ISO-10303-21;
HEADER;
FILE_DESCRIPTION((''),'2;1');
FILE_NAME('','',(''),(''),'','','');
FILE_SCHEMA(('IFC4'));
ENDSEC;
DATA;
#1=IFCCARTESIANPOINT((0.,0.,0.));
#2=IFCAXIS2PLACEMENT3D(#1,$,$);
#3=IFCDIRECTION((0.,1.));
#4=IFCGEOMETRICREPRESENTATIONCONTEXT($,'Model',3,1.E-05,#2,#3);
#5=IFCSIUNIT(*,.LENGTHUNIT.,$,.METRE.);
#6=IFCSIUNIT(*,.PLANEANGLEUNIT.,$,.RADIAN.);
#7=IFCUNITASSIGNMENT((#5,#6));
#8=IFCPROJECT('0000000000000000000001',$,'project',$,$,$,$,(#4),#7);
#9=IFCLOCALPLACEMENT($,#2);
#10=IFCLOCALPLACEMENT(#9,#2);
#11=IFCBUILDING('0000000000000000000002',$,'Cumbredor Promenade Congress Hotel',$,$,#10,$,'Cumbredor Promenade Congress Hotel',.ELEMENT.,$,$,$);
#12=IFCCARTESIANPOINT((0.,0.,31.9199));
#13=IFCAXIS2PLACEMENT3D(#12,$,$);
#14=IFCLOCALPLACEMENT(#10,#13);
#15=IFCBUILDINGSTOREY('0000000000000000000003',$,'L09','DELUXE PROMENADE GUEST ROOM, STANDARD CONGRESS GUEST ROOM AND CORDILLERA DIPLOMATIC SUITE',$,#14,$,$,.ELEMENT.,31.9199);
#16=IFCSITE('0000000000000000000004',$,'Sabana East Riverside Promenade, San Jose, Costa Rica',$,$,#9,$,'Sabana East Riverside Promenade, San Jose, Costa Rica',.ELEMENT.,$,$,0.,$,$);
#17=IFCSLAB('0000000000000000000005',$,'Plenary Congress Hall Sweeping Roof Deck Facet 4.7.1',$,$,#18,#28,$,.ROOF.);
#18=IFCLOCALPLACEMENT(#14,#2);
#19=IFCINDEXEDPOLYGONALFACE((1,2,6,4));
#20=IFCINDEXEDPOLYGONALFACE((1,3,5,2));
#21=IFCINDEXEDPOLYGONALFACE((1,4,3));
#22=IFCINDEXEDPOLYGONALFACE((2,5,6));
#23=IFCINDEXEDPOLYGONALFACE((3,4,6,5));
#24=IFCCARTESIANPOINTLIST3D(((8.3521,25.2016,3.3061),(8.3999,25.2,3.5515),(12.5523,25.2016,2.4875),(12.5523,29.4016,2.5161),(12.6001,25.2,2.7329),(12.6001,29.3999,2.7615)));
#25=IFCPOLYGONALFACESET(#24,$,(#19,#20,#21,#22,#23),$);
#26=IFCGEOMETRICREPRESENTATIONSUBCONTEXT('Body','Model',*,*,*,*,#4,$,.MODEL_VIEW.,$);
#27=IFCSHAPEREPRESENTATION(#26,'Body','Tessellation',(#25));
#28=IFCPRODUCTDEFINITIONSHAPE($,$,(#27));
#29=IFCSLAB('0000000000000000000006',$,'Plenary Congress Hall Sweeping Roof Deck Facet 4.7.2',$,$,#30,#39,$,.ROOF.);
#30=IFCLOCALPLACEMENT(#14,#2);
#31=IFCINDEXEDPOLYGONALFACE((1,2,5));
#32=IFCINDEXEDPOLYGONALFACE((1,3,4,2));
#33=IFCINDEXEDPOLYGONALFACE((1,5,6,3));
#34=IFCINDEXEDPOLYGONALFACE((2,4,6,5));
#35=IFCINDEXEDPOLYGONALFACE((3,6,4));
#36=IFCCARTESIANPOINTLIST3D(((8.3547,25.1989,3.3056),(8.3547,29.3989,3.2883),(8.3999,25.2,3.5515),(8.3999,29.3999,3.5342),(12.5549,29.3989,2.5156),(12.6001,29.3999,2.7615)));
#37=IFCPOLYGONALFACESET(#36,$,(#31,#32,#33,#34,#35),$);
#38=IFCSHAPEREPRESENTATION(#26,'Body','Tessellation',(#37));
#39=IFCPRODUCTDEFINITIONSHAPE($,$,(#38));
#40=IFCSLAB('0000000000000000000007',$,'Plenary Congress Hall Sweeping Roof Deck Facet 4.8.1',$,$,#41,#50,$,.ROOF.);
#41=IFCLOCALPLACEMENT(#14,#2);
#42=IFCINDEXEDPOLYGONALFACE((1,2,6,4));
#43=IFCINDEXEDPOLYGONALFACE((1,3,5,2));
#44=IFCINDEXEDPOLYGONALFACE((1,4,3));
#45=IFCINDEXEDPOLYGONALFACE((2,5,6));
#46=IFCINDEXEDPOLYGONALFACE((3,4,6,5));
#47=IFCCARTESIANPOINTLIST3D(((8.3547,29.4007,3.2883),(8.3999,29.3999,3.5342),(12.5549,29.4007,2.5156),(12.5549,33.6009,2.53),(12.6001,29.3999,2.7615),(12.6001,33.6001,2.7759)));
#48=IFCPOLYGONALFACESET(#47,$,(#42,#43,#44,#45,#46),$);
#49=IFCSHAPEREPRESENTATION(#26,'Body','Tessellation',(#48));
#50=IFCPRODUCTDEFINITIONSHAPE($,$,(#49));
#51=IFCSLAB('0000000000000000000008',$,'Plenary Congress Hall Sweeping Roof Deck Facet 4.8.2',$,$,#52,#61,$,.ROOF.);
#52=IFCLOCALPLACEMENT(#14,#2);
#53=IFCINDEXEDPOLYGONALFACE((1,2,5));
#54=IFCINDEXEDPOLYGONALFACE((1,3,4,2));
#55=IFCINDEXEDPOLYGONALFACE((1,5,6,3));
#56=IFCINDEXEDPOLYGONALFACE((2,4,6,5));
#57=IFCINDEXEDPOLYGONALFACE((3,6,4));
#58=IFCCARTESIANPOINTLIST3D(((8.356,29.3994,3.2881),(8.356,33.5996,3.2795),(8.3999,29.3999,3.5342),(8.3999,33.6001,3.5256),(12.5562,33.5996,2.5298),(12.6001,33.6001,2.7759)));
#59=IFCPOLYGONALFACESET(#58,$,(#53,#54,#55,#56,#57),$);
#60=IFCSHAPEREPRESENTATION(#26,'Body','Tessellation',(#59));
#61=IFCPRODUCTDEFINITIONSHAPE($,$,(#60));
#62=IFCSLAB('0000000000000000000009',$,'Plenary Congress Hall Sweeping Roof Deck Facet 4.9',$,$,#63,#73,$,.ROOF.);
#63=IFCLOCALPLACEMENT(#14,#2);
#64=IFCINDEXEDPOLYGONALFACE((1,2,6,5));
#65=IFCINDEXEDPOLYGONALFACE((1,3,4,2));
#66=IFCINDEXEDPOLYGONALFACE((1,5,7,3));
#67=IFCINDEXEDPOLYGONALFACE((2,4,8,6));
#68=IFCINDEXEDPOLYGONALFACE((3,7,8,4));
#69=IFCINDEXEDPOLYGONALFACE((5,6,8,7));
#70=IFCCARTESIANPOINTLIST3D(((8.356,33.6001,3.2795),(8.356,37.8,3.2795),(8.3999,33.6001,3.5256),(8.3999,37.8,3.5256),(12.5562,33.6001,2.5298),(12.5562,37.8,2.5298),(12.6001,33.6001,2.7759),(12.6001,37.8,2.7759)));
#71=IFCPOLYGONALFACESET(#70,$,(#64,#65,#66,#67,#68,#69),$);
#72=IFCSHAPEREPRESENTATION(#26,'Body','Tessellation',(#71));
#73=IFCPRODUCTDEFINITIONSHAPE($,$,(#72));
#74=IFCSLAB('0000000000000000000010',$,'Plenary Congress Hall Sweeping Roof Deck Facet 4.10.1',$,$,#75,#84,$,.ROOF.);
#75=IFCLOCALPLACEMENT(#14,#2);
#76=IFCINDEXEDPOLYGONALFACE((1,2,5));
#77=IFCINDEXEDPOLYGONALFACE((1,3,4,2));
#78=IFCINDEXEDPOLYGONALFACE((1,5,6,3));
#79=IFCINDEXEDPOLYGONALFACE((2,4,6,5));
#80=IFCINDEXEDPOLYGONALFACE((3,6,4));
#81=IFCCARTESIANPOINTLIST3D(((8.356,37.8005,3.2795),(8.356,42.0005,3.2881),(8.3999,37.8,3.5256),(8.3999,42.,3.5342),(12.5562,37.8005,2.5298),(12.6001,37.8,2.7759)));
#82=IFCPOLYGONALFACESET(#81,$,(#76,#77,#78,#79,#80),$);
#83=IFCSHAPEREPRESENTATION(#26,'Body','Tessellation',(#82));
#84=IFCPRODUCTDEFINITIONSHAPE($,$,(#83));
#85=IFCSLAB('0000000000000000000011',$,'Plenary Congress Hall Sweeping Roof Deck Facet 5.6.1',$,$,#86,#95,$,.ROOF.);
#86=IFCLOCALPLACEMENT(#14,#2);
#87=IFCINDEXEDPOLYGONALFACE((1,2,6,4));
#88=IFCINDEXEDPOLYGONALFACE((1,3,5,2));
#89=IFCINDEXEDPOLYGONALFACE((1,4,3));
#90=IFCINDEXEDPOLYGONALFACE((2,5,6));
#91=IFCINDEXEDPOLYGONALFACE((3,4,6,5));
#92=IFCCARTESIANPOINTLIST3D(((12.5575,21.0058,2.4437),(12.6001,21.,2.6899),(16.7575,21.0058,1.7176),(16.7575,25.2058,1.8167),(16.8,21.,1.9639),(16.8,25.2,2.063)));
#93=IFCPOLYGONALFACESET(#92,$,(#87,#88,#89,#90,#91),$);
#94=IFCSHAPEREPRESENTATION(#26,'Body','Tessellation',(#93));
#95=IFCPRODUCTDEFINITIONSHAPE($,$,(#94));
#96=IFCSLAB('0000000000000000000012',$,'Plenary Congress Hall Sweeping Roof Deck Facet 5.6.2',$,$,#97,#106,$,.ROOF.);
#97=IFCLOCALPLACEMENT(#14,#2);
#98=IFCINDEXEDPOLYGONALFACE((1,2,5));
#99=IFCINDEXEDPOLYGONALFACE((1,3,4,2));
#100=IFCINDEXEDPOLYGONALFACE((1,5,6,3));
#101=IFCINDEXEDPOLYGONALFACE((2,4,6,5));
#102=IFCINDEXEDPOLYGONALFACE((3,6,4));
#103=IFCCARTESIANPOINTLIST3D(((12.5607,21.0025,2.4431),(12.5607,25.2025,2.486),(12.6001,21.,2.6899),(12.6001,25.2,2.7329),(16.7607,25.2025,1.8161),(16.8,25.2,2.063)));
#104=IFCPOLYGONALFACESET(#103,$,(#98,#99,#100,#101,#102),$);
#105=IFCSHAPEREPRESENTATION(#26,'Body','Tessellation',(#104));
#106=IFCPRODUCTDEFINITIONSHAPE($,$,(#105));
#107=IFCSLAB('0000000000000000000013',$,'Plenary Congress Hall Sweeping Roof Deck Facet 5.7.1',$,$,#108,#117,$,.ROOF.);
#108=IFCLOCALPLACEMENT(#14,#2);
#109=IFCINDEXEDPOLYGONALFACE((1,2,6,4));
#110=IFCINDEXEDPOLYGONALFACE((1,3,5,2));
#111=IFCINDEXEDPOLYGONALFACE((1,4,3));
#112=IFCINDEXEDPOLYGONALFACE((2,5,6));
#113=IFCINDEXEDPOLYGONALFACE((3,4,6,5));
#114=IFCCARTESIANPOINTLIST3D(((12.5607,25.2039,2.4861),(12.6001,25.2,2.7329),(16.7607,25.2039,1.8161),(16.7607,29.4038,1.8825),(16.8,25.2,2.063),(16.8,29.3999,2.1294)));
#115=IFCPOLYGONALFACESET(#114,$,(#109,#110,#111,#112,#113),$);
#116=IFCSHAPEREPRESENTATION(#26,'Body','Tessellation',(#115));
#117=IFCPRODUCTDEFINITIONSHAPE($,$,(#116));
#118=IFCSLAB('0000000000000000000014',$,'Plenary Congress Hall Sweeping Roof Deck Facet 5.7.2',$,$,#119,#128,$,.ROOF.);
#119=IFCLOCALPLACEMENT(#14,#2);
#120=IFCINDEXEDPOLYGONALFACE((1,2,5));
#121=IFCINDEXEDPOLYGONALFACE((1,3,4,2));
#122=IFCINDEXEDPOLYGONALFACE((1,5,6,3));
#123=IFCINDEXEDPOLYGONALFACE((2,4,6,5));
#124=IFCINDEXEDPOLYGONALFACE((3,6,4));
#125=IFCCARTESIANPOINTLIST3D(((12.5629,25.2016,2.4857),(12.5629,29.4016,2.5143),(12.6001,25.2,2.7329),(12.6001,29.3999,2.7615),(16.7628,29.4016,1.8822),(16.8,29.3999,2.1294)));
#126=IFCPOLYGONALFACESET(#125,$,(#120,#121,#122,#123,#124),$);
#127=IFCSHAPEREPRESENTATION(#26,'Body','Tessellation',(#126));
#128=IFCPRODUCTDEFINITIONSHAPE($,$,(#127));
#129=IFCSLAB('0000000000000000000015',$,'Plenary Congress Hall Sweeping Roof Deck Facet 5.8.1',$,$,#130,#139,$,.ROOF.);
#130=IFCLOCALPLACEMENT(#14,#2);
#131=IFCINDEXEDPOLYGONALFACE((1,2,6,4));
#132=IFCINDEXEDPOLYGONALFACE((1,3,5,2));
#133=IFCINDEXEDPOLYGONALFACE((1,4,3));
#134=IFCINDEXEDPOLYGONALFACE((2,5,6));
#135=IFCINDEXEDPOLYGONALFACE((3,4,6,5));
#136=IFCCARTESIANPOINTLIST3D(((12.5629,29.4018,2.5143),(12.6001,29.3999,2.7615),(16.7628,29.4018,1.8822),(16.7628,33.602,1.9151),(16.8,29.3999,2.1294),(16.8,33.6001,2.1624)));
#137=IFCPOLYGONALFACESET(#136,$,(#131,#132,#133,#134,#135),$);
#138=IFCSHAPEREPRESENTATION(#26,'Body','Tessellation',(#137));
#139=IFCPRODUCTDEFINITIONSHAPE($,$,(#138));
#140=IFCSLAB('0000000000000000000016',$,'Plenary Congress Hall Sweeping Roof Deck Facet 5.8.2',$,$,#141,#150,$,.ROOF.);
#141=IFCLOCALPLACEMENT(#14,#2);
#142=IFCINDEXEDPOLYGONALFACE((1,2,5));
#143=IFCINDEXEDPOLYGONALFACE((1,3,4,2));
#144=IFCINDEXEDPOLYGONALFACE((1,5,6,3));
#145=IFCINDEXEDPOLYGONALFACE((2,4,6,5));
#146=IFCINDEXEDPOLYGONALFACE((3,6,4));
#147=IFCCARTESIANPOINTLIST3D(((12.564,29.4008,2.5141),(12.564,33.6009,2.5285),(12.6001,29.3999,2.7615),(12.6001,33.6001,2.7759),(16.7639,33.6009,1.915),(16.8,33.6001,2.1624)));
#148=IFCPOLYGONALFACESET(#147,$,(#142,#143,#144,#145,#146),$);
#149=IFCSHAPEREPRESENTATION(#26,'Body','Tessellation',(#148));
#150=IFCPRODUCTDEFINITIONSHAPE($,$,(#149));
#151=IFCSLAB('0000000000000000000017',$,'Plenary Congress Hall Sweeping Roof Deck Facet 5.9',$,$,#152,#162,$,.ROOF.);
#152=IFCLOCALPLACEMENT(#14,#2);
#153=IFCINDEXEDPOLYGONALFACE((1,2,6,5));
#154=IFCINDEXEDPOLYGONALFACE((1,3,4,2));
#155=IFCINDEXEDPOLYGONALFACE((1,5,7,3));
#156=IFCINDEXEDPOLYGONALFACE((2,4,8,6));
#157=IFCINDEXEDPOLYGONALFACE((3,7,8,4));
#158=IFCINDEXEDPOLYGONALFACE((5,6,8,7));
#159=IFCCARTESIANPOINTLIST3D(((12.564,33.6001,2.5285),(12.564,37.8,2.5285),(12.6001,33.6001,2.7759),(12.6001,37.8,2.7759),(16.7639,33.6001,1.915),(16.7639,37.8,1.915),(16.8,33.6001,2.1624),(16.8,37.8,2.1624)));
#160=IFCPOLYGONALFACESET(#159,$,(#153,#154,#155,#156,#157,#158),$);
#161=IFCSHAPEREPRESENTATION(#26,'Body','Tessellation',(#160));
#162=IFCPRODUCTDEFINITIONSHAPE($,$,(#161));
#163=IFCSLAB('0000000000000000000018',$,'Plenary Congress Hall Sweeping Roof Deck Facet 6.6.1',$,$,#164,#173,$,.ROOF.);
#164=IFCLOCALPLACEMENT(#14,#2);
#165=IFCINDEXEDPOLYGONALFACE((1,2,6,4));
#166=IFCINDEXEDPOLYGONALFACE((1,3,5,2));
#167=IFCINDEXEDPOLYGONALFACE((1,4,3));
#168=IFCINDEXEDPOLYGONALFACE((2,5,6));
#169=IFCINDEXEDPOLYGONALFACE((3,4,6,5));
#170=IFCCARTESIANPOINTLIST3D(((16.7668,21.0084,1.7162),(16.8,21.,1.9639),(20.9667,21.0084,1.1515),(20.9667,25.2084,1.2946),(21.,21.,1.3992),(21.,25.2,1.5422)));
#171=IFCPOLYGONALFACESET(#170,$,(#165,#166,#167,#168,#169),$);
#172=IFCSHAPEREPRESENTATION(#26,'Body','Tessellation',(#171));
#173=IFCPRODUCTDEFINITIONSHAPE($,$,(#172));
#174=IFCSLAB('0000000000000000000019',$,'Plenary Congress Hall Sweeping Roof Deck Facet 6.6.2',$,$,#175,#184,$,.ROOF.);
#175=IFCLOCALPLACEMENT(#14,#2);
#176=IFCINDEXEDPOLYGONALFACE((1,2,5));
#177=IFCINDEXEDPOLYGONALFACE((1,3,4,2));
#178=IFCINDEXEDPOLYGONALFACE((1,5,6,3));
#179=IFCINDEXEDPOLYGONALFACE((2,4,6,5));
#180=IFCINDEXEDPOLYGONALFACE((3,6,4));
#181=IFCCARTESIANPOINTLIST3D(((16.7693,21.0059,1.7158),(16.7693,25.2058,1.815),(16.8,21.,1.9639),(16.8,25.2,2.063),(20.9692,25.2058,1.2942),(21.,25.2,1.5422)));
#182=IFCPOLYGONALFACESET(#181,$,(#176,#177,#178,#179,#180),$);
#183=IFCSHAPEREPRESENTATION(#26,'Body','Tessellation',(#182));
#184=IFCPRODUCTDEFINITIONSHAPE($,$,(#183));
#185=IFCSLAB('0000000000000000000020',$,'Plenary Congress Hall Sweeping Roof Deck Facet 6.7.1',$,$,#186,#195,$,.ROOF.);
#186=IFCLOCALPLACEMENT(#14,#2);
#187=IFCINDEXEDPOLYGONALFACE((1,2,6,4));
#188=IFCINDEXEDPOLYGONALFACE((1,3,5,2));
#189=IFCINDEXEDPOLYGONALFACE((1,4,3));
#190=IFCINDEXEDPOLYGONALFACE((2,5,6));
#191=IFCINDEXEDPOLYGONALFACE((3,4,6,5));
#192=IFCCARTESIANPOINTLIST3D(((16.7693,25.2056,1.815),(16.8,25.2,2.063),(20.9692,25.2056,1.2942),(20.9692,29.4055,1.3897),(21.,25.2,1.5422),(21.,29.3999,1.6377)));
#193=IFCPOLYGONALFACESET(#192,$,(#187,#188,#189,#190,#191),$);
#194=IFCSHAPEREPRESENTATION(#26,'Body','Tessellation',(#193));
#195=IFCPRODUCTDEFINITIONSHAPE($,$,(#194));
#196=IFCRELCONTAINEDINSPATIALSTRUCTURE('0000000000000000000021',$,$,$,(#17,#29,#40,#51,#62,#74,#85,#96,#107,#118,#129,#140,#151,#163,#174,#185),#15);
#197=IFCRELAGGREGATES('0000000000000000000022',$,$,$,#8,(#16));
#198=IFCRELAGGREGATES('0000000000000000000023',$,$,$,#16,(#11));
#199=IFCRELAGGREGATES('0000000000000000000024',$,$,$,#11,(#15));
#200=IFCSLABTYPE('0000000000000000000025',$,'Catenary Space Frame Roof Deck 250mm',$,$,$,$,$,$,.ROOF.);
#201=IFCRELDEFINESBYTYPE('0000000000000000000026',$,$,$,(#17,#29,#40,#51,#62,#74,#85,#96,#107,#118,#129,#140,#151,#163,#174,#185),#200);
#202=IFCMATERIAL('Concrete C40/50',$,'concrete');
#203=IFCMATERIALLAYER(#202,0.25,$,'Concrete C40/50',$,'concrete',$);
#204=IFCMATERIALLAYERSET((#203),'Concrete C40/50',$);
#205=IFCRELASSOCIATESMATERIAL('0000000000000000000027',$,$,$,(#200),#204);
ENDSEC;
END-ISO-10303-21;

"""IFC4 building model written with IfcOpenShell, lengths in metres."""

from ifc_helpers import new_model, si_unit, direction, frame, origin, place, context, subcontext, project, spatial, polyline, outline, extrude, material, layer, layer_set, type_object, element, save


model = new_model("IFC4")

# Units and contexts
model_context = context("Model", 3, precision=1e-05, world=origin(), true_north=direction((0.0, 1.0)))
body_context = subcontext(model_context, "Body", "Model", "MODEL_VIEW")
ifc_project = project(units=[si_unit("LENGTHUNIT", "METRE"), si_unit("PLANEANGLEUNIT", "RADIAN")], contexts=[model_context])

# Site, building, storey
site_placement = place(None, origin())
site = spatial("IfcSite", under=ifc_project, at=site_placement, Name="Sabana East Riverside Promenade, San Jose, Costa Rica", LongName="Sabana East Riverside Promenade, San Jose, Costa Rica", CompositionType="ELEMENT", RefElevation=0.0)
building_placement = place(site_placement, origin())
building = spatial("IfcBuilding", under=site, at=building_placement, Name="Cumbredor Promenade Congress Hotel", LongName="Cumbredor Promenade Congress Hotel", CompositionType="ELEMENT")
storey_placement = place(building_placement, frame((0.0, 0.0, 31.9199)))
storey = spatial("IfcBuildingStorey", under=building, at=storey_placement, Name="L09", Description="DELUXE PROMENADE GUEST ROOM, STANDARD CONGRESS GUEST ROOM AND CORDILLERA DIPLOMATIC SUITE", CompositionType="ELEMENT", Elevation=31.9199)

# Slabs
ifc_material_1 = material(Name="Concrete C40/50", Category="concrete")
ifc_layer_1 = layer(ifc_material_1, 0.25, Name="Concrete C40/50", Category="concrete")
ifc_layer_set_1 = layer_set([ifc_layer_1], Name="Concrete C40/50")
slab_type = type_object("IfcSlabType", Name="Catenary Space Frame Roof Deck 250mm", PredefinedType="ROOF", material=ifc_layer_set_1)
slab_1_placement = place(storey_placement, frame((8.3999, 25.2, 3.5515), z_axis=(0.191293, -0.006675, 0.98151), x_axis=(0.981532, 0.0, -0.191297)))
element("IfcSlab", 1, at=slab_1_placement, inside=storey, type_object=slab_type, Name="Plenary Congress Hall Sweeping Roof Deck Facet 4.7.1", PredefinedType="ROOF", context=body_context, shape_type="SweptSolid", body=[
    extrude(outline(polyline([(0.0, 0.0), (4.2792, 0.0), (4.2738, 4.2), (0.0, 0.0)])), origin(), (0.0, 0.0, -1.0), 0.25),
])
slab_2_placement = place(storey_placement, frame((8.3999, 25.2, 3.5515), z_axis=(0.180931, 0.004059, 0.983487), x_axis=(0.700954, 0.700913, -0.131847)))
element("IfcSlab", 2, at=slab_2_placement, inside=storey, type_object=slab_type, Name="Plenary Congress Hall Sweeping Roof Deck Facet 4.7.2", PredefinedType="ROOF", context=body_context, shape_type="SweptSolid", body=[
    extrude(outline(polyline([(0.0, 0.0), (5.9921, 0.0), (2.9461, 2.9934), (0.0, 0.0)])), origin(), (0.0, 0.0, -1.0), 0.25),
])
slab_3_placement = place(storey_placement, frame((8.3999, 29.3999, 3.5342), z_axis=(0.180932, -0.003373, 0.98349), x_axis=(0.983496, 0.0, -0.180933)))
element("IfcSlab", 3, at=slab_3_placement, inside=storey, type_object=slab_type, Name="Plenary Congress Hall Sweeping Roof Deck Facet 4.8.1", PredefinedType="ROOF", context=body_context, shape_type="SweptSolid", body=[
    extrude(outline(polyline([(0.0, 0.0), (4.2707, 0.0), (4.2681, 4.2002), (0.0, 0.0)])), origin(), (0.0, 0.0, -1.0), 0.25),
])
slab_4_placement = place(storey_placement, frame((8.3999, 29.3999, 3.5342), z_axis=(0.175727, 0.002003, 0.984437), x_axis=(0.701414, 0.701414, -0.126633)))
element("IfcSlab", 4, at=slab_4_placement, inside=storey, type_object=slab_type, Name="Plenary Congress Hall Sweeping Roof Deck Facet 4.8.2", PredefinedType="ROOF", context=body_context, shape_type="SweptSolid", body=[
    extrude(outline(polyline([(0.0, 0.0), (5.9882, 0.0), (2.9472, 2.9927), (0.0, 0.0)])), origin(), (0.0, 0.0, -1.0), 0.25),
])
slab_5_placement = place(storey_placement, frame((8.3999, 33.6001, 3.5256), z_axis=(0.175727, 0.0, 0.984439), x_axis=(0.984439, 0.0, -0.175727)))
element("IfcSlab", 5, at=slab_5_placement, inside=storey, type_object=slab_type, Name="Plenary Congress Hall Sweeping Roof Deck Facet 4.9", PredefinedType="ROOF", context=body_context, shape_type="SweptSolid", body=[
    extrude(outline(polyline([(0.0, 0.0), (4.2666, 0.0), (4.2666, 4.2), (0.0, 4.2), (0.0, 0.0)])), origin(), (0.0, 0.0, -1.0), 0.25),
])
slab_6_placement = place(storey_placement, frame((8.3999, 37.8, 3.5256), z_axis=(0.175727, -0.002003, 0.984437), x_axis=(0.984439, 0.0, -0.175727)))
element("IfcSlab", 6, at=slab_6_placement, inside=storey, type_object=slab_type, Name="Plenary Congress Hall Sweeping Roof Deck Facet 4.10.1", PredefinedType="ROOF", context=body_context, shape_type="SweptSolid", body=[
    extrude(outline(polyline([(0.0, 0.0), (4.2666, 0.0), (-0.0015, 4.2), (0.0, 0.0)])), origin(), (0.0, 0.0, -1.0), 0.25),
])
slab_7_placement = place(storey_placement, frame((12.6001, 21.0, 2.6899), z_axis=(0.170304, -0.023249, 0.985117), x_axis=(0.985384, 0.0, -0.17035)))
element("IfcSlab", 7, at=slab_7_placement, inside=storey, type_object=slab_type, Name="Plenary Congress Hall Sweeping Roof Deck Facet 5.6.1", PredefinedType="ROOF", context=body_context, shape_type="SweptSolid", body=[
    extrude(outline(polyline([(0.0, 0.0), (4.2622, 0.0), (4.2454, 4.2011), (0.0, 0.0)])), origin(), (0.0, 0.0, -1.0), 0.25),
])
slab_8_placement = place(storey_placement, frame((12.6001, 21.0, 2.6899), z_axis=(0.157508, -0.010103, 0.987466), x_axis=(0.7032, 0.7032, -0.104971)))
element("IfcSlab", 8, at=slab_8_placement, inside=storey, type_object=slab_type, Name="Plenary Congress Hall Sweeping Roof Deck Facet 5.6.2", PredefinedType="ROOF", context=body_context, shape_type="SweptSolid", body=[
    extrude(outline(polyline([(0.0, 0.0), (5.9726, 0.0), (2.9489, 2.9909), (0.0, 0.0)])), origin(), (0.0, 0.0, -1.0), 0.25),
])
slab_9_placement = place(storey_placement, frame((12.6001, 25.2, 2.7329), z_axis=(0.157497, -0.015612, 0.987396), x_axis=(0.987516, 0.0, -0.157516)))
element("IfcSlab", 9, at=slab_9_placement, inside=storey, type_object=slab_type, Name="Plenary Congress Hall Sweeping Roof Deck Facet 5.7.1", PredefinedType="ROOF", context=body_context, shape_type="SweptSolid", body=[
    extrude(outline(polyline([(0.0, 0.0), (4.253, 0.0), (4.2426, 4.2005), (0.0, 0.0)])), origin(), (0.0, 0.0, -1.0), 0.25),
])
slab_10_placement = place(storey_placement, frame((12.6001, 25.2, 2.7329), z_axis=(0.148818, -0.006725, 0.988842), x_axis=(0.703485, 0.703485, -0.101088)))
element("IfcSlab", 10, at=slab_10_placement, inside=storey, type_object=slab_type, Name="Plenary Congress Hall Sweeping Roof Deck Facet 5.7.2", PredefinedType="ROOF", context=body_context, shape_type="SweptSolid", body=[
    extrude(outline(polyline([(0.0, 0.0), (5.9702, 0.0), (2.9517, 2.9879), (0.0, 0.0)])), origin(), (0.0, 0.0, -1.0), 0.25),
])
slab_11_placement = place(storey_placement, frame((12.6001, 29.3999, 2.7615), z_axis=(0.148817, -0.007759, 0.988834), x_axis=(0.988864, 0.0, -0.148821)))
element("IfcSlab", 11, at=slab_11_placement, inside=storey, type_object=slab_type, Name="Plenary Congress Hall Sweeping Roof Deck Facet 5.8.1", PredefinedType="ROOF", context=body_context, shape_type="SweptSolid", body=[
    extrude(outline(polyline([(0.0, 0.0), (4.2472, 0.0), (4.2423, 4.2003), (0.0, 0.0)])), origin(), (0.0, 0.0, -1.0), 0.25),
])
slab_12_placement = place(storey_placement, frame((12.6001, 29.3999, 2.7615), z_axis=(0.144544, -0.003393, 0.989493), x_axis=(0.703517, 0.703557, -0.100356)))
element("IfcSlab", 12, at=slab_12_placement, inside=storey, type_object=slab_type, Name="Plenary Congress Hall Sweeping Roof Deck Facet 5.8.2", PredefinedType="ROOF", context=body_context, shape_type="SweptSolid", body=[
    extrude(outline(polyline([(0.0, 0.0), (5.9699, 0.0), (2.9536, 2.9863), (0.0, 0.0)])), origin(), (0.0, 0.0, -1.0), 0.25),
])
slab_13_placement = place(storey_placement, frame((12.6001, 33.6001, 2.7759), z_axis=(0.144545, 0.0, 0.989498), x_axis=(0.989498, 0.0, -0.144545)))
element("IfcSlab", 13, at=slab_13_placement, inside=storey, type_object=slab_type, Name="Plenary Congress Hall Sweeping Roof Deck Facet 5.9", PredefinedType="ROOF", context=body_context, shape_type="SweptSolid", body=[
    extrude(outline(polyline([(0.0, 0.0), (4.2445, 0.0), (4.2445, 4.2), (0.0, 4.2), (0.0, 0.0)])), origin(), (0.0, 0.0, -1.0), 0.25),
])
slab_14_placement = place(storey_placement, frame((16.8, 21.0, 1.9639), z_axis=(0.133178, -0.033741, 0.990518), x_axis=(0.991082, 0.0, -0.133254)))
element("IfcSlab", 14, at=slab_14_placement, inside=storey, type_object=slab_type, Name="Plenary Congress Hall Sweeping Roof Deck Facet 6.6.1", PredefinedType="ROOF", context=body_context, shape_type="SweptSolid", body=[
    extrude(outline(polyline([(0.0, 0.0), (4.2377, 0.0), (4.2187, 4.2023), (0.0, 0.0)])), origin(), (0.0, 0.0, -1.0), 0.25),
])
slab_15_placement = place(storey_placement, frame((16.8, 21.0, 1.9639), z_axis=(0.123014, -0.023415, 0.992129), x_axis=(0.705332, 0.705332, -0.070808)))
element("IfcSlab", 15, at=slab_15_placement, inside=storey, type_object=slab_type, Name="Plenary Congress Hall Sweeping Roof Deck Facet 6.6.2", PredefinedType="ROOF", context=body_context, shape_type="SweptSolid", body=[
    extrude(outline(polyline([(0.0, 0.0), (5.9546, 0.0), (2.9553, 2.9859), (0.0, 0.0)])), origin(), (0.0, 0.0, -1.0), 0.25),
])
slab_16_placement = place(storey_placement, frame((16.8, 25.2, 2.063), z_axis=(0.123016, -0.02255, 0.992148), x_axis=(0.992401, 0.0, -0.123048)))
element("IfcSlab", 16, at=slab_16_placement, inside=storey, type_object=slab_type, Name="Plenary Congress Hall Sweeping Roof Deck Facet 6.7.1", PredefinedType="ROOF", context=body_context, shape_type="SweptSolid", body=[
    extrude(outline(polyline([(0.0, 0.0), (4.2321, 0.0), (4.2204, 4.201), (0.0, 0.0)])), origin(), (0.0, 0.0, -1.0), 0.25),
])

save(model, "model.ifc")
